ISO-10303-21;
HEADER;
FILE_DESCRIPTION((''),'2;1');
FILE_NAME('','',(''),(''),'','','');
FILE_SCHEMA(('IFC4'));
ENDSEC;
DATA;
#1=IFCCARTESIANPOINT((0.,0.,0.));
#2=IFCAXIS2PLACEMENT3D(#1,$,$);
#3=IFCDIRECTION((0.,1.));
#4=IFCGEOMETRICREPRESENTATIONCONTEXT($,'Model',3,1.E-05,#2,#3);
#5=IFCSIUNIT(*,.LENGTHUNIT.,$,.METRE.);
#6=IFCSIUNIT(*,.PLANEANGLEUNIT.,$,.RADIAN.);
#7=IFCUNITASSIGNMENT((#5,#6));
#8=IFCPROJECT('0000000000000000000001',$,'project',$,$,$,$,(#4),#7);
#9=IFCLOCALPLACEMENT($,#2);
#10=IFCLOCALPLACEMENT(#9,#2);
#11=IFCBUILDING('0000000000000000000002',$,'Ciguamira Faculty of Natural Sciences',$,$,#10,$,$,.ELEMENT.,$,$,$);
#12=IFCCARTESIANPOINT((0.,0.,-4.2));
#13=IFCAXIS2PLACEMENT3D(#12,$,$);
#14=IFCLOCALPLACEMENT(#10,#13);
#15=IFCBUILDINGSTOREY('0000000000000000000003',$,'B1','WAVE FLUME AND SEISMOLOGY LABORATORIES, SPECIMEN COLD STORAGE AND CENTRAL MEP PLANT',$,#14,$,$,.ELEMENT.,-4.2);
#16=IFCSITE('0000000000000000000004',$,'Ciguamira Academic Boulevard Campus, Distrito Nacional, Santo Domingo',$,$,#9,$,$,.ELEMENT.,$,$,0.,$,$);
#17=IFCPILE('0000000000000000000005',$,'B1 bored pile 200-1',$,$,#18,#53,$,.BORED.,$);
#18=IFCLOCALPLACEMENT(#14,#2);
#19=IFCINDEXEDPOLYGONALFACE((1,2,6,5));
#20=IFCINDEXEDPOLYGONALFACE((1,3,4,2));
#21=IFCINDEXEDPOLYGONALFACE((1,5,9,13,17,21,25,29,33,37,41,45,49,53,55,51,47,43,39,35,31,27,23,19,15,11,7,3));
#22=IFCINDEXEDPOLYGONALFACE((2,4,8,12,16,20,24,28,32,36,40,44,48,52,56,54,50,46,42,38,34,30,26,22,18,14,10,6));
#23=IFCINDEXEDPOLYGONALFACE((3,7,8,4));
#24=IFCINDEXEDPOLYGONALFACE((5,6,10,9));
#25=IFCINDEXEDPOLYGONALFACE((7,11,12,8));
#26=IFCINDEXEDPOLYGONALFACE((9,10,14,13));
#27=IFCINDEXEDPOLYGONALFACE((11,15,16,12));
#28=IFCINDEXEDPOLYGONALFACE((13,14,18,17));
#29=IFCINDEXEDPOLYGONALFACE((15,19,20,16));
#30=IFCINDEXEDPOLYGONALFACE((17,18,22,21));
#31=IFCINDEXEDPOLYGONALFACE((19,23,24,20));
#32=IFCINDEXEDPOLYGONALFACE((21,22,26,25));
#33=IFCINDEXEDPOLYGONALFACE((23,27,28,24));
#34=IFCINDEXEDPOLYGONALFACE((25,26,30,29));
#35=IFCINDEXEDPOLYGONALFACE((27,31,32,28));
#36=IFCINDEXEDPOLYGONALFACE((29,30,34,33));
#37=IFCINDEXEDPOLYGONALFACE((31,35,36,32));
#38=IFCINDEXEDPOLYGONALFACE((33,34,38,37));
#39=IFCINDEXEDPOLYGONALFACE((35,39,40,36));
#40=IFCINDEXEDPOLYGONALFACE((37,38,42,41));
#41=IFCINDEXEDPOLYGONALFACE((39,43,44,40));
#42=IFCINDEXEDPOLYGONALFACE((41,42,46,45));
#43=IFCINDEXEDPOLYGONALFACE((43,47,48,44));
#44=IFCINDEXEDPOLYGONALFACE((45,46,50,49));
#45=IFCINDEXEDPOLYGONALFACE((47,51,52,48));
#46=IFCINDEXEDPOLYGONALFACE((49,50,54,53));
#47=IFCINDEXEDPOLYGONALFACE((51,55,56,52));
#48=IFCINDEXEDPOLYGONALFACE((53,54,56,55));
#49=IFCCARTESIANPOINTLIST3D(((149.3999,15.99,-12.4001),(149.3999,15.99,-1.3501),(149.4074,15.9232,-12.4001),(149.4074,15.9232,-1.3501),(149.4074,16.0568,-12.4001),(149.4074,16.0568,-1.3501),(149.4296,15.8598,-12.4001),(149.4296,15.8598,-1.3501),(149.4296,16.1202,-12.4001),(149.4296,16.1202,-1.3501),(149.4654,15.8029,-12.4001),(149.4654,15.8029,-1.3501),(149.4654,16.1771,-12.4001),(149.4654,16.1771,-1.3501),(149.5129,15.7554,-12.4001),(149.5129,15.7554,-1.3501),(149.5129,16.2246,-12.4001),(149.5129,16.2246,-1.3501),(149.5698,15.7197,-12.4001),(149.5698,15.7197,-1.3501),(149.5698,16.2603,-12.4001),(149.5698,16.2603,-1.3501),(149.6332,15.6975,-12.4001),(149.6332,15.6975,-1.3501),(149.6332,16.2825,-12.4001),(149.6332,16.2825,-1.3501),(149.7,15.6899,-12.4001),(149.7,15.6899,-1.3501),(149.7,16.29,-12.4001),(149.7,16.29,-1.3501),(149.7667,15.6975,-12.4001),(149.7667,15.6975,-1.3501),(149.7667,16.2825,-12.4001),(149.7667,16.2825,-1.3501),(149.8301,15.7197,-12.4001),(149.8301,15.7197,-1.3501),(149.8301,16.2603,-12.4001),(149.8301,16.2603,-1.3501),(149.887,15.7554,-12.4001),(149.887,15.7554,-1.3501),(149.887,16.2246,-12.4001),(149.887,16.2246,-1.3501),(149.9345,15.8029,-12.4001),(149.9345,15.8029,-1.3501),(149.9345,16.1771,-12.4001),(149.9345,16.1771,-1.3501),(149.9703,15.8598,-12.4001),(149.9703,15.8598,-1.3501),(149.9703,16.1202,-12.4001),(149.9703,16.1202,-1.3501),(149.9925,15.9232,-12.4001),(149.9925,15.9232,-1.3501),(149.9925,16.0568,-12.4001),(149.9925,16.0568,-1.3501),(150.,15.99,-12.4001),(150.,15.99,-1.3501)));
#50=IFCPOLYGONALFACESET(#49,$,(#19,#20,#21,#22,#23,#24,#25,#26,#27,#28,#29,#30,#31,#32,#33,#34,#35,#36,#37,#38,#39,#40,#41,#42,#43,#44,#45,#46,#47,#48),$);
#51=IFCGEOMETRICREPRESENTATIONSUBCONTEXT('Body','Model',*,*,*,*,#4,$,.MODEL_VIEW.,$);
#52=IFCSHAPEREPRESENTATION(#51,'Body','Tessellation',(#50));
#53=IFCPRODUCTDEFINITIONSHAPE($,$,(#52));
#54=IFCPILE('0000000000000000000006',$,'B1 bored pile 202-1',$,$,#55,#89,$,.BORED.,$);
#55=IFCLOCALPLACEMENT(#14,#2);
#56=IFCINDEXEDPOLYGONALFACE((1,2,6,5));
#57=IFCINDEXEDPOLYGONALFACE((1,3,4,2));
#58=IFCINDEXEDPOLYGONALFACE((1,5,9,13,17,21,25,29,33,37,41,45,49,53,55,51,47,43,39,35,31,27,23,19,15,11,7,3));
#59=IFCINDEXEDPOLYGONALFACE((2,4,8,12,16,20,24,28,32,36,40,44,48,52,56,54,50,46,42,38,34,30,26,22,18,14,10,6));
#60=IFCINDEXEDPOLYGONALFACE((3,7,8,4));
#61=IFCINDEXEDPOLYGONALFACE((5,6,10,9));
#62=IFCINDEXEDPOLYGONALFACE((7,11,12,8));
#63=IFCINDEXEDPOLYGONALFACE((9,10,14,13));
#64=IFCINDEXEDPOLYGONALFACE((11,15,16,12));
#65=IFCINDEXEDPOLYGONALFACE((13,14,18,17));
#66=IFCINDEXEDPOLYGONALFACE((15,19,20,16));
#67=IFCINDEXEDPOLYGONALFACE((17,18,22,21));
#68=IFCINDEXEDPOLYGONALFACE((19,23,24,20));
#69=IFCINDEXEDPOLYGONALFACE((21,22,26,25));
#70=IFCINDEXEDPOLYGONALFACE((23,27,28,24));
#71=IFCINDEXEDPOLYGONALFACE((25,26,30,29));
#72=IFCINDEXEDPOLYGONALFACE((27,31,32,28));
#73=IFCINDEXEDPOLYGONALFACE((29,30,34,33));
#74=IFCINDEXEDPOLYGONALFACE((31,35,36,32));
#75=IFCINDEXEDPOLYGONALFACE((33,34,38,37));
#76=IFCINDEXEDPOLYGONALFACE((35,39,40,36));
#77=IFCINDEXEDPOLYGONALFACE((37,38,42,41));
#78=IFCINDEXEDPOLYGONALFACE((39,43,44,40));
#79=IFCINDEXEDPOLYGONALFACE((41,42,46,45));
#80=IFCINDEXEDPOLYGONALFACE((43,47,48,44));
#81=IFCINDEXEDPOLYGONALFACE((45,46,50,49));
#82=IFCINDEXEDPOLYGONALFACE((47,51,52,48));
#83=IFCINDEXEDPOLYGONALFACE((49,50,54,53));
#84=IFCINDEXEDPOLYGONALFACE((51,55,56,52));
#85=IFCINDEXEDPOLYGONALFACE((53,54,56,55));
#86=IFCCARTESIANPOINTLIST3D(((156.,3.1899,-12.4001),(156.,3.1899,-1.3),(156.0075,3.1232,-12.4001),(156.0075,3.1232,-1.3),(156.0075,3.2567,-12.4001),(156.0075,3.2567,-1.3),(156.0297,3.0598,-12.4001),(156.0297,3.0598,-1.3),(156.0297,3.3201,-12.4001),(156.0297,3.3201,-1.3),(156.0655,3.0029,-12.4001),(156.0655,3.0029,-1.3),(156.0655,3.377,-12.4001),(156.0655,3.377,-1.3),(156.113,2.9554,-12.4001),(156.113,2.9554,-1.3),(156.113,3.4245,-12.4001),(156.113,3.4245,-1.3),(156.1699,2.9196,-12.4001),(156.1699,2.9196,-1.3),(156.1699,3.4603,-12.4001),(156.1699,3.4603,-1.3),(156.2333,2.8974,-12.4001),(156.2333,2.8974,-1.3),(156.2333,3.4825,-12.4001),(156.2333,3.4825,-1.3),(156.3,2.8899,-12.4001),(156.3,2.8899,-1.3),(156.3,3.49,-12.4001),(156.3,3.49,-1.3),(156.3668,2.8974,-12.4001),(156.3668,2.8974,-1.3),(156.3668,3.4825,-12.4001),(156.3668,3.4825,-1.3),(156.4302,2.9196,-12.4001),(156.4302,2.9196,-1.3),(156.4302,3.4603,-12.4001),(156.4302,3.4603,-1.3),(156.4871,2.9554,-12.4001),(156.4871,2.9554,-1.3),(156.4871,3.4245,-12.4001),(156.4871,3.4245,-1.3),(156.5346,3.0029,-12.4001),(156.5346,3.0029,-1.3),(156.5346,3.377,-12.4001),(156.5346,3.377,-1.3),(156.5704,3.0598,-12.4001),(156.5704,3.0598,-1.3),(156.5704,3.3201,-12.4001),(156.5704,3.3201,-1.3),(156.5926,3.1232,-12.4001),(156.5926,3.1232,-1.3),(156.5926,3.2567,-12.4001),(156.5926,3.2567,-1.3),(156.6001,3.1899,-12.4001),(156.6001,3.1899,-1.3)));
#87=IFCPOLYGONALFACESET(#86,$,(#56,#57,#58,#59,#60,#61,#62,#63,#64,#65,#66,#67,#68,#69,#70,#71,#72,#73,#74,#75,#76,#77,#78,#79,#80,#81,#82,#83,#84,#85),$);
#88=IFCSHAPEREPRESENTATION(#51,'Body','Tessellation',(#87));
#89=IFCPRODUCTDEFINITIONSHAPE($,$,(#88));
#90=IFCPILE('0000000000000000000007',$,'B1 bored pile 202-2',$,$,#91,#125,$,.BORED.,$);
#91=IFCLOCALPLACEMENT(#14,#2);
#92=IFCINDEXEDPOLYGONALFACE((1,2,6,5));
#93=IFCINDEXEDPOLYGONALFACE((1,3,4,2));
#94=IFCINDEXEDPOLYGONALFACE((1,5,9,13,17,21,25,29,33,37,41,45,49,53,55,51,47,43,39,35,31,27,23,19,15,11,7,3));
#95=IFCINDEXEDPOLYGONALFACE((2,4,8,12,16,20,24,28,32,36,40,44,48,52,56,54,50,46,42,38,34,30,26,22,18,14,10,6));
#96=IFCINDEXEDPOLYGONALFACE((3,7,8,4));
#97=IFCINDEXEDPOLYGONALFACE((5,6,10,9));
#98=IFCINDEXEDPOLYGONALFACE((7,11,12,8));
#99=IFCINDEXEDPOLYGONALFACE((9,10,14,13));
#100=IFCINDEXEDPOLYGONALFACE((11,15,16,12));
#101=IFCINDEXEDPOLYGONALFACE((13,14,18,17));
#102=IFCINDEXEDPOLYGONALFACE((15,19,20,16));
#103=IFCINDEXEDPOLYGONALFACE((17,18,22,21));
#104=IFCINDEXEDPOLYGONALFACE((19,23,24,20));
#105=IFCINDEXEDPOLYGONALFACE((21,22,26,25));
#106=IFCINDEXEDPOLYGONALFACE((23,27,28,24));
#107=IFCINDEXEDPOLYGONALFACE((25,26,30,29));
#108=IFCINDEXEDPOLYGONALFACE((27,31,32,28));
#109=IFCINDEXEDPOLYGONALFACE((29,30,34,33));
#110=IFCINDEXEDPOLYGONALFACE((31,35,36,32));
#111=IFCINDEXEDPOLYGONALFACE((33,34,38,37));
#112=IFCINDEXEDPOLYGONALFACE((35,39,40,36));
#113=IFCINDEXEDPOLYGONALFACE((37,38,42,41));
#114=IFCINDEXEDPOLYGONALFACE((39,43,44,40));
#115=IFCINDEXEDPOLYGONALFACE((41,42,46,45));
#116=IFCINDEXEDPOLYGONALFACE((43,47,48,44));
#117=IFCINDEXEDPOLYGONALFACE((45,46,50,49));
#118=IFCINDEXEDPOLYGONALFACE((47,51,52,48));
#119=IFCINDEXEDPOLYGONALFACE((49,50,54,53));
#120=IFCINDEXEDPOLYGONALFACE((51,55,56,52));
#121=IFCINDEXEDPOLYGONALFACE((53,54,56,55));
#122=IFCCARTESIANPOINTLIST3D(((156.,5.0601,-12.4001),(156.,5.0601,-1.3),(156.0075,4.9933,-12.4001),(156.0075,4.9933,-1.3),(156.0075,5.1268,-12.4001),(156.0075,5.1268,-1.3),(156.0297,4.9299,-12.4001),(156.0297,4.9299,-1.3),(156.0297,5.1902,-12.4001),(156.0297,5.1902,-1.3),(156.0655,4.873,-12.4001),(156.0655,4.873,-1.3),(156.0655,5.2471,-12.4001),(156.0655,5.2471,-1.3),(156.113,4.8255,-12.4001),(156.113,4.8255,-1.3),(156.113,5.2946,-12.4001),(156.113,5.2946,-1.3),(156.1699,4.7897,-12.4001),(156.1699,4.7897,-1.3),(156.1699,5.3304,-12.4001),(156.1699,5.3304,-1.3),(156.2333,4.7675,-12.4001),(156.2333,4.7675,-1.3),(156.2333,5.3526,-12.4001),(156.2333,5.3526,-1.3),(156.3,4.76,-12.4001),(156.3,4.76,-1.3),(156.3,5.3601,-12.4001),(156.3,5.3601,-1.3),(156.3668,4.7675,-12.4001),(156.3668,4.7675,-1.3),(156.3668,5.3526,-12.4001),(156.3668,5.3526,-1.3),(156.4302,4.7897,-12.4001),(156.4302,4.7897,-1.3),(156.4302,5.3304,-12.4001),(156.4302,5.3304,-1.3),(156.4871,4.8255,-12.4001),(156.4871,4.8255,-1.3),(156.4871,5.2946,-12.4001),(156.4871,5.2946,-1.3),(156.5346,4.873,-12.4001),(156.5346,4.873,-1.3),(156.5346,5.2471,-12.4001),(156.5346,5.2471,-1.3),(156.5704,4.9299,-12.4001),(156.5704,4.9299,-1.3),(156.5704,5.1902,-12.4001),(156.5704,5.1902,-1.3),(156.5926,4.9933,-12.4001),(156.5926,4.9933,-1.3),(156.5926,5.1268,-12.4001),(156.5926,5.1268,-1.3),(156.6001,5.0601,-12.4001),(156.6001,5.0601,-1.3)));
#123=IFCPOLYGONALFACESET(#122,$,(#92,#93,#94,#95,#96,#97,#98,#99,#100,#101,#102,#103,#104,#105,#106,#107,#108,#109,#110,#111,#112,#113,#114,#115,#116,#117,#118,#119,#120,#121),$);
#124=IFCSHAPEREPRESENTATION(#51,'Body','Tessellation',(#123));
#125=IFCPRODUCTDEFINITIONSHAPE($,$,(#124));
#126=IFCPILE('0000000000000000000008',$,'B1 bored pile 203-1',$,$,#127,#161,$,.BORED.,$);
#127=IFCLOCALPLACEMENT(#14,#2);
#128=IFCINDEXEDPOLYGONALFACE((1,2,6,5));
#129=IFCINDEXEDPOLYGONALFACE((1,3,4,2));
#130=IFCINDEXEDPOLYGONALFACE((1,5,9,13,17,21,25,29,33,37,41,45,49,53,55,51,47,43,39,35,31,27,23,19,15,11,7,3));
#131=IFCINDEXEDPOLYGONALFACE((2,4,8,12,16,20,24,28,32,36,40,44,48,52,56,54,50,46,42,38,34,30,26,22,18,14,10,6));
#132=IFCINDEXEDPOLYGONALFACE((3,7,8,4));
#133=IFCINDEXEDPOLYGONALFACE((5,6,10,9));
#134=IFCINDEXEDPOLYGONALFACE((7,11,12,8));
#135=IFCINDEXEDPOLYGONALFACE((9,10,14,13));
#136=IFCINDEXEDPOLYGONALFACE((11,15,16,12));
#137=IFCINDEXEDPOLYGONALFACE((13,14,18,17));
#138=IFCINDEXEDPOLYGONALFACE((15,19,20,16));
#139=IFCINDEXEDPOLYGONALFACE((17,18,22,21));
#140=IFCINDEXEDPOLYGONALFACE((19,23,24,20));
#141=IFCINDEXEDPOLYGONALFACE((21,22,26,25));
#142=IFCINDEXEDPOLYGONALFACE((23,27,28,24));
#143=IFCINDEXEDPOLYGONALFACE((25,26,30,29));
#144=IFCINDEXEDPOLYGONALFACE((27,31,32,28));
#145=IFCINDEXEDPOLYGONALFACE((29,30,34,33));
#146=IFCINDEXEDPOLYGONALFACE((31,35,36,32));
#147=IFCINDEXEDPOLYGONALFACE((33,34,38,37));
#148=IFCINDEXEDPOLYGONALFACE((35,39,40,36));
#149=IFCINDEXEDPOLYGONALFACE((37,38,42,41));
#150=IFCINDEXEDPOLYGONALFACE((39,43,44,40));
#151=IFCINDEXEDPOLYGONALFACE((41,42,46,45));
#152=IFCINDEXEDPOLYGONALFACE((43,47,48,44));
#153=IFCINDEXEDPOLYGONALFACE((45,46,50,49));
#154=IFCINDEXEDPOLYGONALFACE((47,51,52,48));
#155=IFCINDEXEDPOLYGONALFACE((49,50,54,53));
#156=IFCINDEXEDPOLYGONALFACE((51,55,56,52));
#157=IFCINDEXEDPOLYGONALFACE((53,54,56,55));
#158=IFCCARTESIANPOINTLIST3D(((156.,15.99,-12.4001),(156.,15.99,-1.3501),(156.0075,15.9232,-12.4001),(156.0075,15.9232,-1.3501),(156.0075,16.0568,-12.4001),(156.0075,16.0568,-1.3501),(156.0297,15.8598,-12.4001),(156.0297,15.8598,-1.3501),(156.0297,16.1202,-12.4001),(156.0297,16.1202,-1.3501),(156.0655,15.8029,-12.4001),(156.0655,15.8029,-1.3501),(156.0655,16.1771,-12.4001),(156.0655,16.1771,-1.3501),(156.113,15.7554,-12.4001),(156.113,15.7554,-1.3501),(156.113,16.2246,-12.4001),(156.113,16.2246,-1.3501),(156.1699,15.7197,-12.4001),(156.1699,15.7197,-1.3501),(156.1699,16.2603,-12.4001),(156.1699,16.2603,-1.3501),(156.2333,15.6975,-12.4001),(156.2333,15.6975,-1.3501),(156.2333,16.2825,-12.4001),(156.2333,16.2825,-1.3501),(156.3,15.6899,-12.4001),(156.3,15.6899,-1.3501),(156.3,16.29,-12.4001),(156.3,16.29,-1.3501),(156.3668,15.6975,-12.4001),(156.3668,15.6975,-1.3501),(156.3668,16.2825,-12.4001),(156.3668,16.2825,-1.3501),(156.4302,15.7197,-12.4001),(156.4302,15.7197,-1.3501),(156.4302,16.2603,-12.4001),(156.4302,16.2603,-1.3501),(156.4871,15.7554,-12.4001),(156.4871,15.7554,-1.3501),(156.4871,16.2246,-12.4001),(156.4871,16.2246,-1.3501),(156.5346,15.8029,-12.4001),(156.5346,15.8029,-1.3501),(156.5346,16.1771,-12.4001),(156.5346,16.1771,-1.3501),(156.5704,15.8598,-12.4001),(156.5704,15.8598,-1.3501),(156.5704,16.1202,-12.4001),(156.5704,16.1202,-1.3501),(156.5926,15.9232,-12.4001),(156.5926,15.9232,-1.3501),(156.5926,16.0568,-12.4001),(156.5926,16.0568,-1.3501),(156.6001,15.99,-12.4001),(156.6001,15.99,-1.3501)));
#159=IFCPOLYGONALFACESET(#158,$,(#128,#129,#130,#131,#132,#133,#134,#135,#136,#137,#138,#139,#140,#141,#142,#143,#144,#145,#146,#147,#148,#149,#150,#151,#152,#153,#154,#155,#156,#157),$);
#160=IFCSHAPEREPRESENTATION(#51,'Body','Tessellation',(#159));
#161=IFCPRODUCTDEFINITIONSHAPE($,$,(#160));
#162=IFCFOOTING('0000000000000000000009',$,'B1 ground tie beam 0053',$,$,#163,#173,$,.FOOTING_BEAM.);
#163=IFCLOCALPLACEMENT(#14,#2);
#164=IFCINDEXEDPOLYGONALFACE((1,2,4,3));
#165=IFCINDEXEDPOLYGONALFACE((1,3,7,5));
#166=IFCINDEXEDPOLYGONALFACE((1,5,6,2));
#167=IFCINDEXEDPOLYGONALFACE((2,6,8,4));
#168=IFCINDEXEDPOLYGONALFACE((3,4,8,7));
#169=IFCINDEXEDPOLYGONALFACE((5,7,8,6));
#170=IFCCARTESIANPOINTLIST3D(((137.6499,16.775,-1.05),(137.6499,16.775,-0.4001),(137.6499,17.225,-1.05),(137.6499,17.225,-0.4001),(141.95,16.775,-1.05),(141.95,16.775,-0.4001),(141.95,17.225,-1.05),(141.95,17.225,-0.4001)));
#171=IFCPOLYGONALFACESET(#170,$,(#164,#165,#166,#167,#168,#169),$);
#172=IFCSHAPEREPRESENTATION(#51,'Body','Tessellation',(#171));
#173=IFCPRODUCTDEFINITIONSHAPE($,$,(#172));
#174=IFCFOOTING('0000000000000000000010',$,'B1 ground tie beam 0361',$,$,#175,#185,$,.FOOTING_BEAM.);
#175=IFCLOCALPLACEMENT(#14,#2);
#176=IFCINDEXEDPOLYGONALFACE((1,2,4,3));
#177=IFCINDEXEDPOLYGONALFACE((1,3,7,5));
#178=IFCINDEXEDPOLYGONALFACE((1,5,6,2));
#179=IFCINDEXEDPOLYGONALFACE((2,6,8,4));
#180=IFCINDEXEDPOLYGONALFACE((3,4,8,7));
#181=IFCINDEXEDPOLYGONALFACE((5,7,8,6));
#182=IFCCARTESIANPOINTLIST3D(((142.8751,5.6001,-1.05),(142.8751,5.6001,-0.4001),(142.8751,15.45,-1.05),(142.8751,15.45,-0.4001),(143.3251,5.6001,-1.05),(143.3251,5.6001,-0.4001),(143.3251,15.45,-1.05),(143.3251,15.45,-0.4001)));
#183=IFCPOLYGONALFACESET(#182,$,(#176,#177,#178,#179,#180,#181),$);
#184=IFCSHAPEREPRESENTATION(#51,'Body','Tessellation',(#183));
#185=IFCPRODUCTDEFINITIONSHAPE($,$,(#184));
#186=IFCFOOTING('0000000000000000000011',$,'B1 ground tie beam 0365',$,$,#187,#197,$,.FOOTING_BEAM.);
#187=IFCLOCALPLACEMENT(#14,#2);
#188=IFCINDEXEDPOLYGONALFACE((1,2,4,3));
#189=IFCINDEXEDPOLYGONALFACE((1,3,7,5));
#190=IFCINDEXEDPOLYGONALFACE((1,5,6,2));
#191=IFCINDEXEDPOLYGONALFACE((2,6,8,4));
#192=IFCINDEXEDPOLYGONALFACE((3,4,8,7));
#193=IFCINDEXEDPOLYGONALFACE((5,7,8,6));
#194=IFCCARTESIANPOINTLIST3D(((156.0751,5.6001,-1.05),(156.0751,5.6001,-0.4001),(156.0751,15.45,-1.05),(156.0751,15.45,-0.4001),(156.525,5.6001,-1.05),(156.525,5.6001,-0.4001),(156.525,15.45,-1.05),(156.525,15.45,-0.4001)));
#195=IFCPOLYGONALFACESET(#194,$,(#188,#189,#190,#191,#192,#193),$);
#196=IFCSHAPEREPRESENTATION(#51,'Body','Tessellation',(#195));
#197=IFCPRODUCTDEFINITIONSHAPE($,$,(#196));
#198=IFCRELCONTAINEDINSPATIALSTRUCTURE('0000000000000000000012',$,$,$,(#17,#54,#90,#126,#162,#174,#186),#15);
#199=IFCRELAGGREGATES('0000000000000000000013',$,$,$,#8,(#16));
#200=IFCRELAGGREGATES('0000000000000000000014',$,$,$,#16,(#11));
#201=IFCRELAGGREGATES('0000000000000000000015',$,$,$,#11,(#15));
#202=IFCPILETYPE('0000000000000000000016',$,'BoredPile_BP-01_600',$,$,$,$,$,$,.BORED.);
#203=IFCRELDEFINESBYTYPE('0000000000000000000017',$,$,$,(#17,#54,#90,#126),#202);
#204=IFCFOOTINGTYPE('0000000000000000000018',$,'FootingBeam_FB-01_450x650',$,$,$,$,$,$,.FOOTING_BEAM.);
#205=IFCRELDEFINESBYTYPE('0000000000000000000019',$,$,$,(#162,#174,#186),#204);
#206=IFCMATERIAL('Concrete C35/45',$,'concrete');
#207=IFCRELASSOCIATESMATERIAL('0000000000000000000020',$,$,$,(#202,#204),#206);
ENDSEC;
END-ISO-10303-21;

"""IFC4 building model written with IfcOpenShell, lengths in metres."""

from ifc_helpers import new_model, si_unit, direction, frame, origin, origin_2d, place, context, subcontext, project, spatial, rectangle, circle, extrude, material, material_profile, profile_set, type_object, element, save


model = new_model("IFC4")

# Units and contexts
model_context = context("Model", 3, precision=1e-05, world=origin(), true_north=direction((0.0, 1.0)))
body_context = subcontext(model_context, "Body", "Model", "MODEL_VIEW")
ifc_project = project(units=[si_unit("LENGTHUNIT", "METRE"), si_unit("PLANEANGLEUNIT", "RADIAN")], contexts=[model_context])

# Site, building, storey
site_placement = place(None, origin())
site = spatial("IfcSite", under=ifc_project, at=site_placement, Name="Ciguamira Academic Boulevard Campus, Distrito Nacional, Santo Domingo", CompositionType="ELEMENT", RefElevation=0.0)
building_placement = place(site_placement, origin())
building = spatial("IfcBuilding", under=site, at=building_placement, Name="Ciguamira Faculty of Natural Sciences", CompositionType="ELEMENT")
storey_placement = place(building_placement, frame((0.0, 0.0, -4.2)))
storey = spatial("IfcBuildingStorey", under=building, at=storey_placement, Name="B1", Description="WAVE FLUME AND SEISMOLOGY LABORATORIES, SPECIMEN COLD STORAGE AND CENTRAL MEP PLANT", CompositionType="ELEMENT", Elevation=-4.2)

# Piles
ifc_material_1 = material(Name="Concrete C35/45", Category="concrete")
ifc_material_profile_1 = material_profile(ifc_material_1, circle(Radius=0.3, at=origin_2d()), Name="PILE-BORED-600")
ifc_profile_set_1 = profile_set([ifc_material_profile_1], Name="Concrete C35/45")
pile_type = type_object("IfcPileType", Name="BoredPile_BP-01_600", PredefinedType="BORED", material=ifc_profile_set_1)
pile_1_placement = place(storey_placement, frame((149.7, 15.99, -1.3501), z_axis=(0.0, 0.0, -1.0), x_axis=(1.0, 0.0, 0.0)))
element("IfcPile", 1, at=pile_1_placement, inside=storey, type_object=pile_type, Name="B1 bored pile 200-1", PredefinedType="BORED", context=body_context, shape_type="SweptSolid", body=[
    extrude(circle(Radius=0.3, at=origin_2d()), origin(), (0.0, 0.0, 1.0), 11.05),
])
for number, where, z_axis, x_axis, name in (
    (2, (156.3, 3.1899, -1.3), (0.0, 0.0, -1.0), (1.0, 0.0, 0.0), "B1 bored pile 202-1"),
    (3, (156.3, 5.0601, -1.3), (0.0, 0.0, -1.0), (1.0, 0.0, 0.0), "B1 bored pile 202-2"),
):
    element("IfcPile", number, at=place(storey_placement, frame(where, z_axis=z_axis, x_axis=x_axis)), inside=storey, type_object=pile_type, Name=name, PredefinedType="BORED", context=body_context, shape_type="SweptSolid", body=[
        extrude(circle(Radius=0.3, at=origin_2d()), origin(), (0.0, 0.0, 1.0), 11.1001),
    ])
pile_2_placement = place(storey_placement, frame((156.3, 15.99, -1.3501), z_axis=(0.0, 0.0, -1.0), x_axis=(1.0, 0.0, 0.0)))
element("IfcPile", 4, at=pile_2_placement, inside=storey, type_object=pile_type, Name="B1 bored pile 203-1", PredefinedType="BORED", context=body_context, shape_type="SweptSolid", body=[
    extrude(circle(Radius=0.3, at=origin_2d()), origin(), (0.0, 0.0, 1.0), 11.05),
])

# Footings
ifc_material_profile_2 = material_profile(ifc_material_1, rectangle(XDim=0.45, YDim=0.6499, at=origin_2d()), Name="RC-FB-450X650")
ifc_profile_set_2 = profile_set([ifc_material_profile_2], Name="Concrete C35/45")
footing_type_1 = type_object("IfcFootingType", Name="FootingBeam_FB-01_450x650", PredefinedType="FOOTING_BEAM", material=ifc_profile_set_2)
footing_1_placement = place(storey_placement, frame((137.6499, 17.0, -0.7251), z_axis=(1.0, 0.0, 0.0), x_axis=(0.0, 1.0, 0.0)))
element("IfcFooting", 5, at=footing_1_placement, inside=storey, type_object=footing_type_1, Name="B1 ground tie beam 0053", PredefinedType="FOOTING_BEAM", context=body_context, shape_type="SweptSolid", body=[
    extrude(rectangle(XDim=0.45, YDim=0.6499, at=origin_2d()), origin(), (0.0, 0.0, 1.0), 4.3),
])
for number, where, z_axis, x_axis, name in (
    (6, (143.1001, 5.6001, -0.7251), (0.0, 1.0, 0.0), (-1.0, 0.0, 0.0), "B1 ground tie beam 0361"),
    (7, (156.3, 5.6001, -0.7251), (0.0, 1.0, 0.0), (-1.0, 0.0, 0.0), "B1 ground tie beam 0365"),
):
    element("IfcFooting", number, at=place(storey_placement, frame(where, z_axis=z_axis, x_axis=x_axis)), inside=storey, type_object=footing_type_1, Name=name, PredefinedType="FOOTING_BEAM", context=body_context, shape_type="SweptSolid", body=[
        extrude(rectangle(XDim=0.45, YDim=0.6499, at=origin_2d()), origin(), (0.0, 0.0, 1.0), 9.8499),
    ])

save(model, "model.ifc")
